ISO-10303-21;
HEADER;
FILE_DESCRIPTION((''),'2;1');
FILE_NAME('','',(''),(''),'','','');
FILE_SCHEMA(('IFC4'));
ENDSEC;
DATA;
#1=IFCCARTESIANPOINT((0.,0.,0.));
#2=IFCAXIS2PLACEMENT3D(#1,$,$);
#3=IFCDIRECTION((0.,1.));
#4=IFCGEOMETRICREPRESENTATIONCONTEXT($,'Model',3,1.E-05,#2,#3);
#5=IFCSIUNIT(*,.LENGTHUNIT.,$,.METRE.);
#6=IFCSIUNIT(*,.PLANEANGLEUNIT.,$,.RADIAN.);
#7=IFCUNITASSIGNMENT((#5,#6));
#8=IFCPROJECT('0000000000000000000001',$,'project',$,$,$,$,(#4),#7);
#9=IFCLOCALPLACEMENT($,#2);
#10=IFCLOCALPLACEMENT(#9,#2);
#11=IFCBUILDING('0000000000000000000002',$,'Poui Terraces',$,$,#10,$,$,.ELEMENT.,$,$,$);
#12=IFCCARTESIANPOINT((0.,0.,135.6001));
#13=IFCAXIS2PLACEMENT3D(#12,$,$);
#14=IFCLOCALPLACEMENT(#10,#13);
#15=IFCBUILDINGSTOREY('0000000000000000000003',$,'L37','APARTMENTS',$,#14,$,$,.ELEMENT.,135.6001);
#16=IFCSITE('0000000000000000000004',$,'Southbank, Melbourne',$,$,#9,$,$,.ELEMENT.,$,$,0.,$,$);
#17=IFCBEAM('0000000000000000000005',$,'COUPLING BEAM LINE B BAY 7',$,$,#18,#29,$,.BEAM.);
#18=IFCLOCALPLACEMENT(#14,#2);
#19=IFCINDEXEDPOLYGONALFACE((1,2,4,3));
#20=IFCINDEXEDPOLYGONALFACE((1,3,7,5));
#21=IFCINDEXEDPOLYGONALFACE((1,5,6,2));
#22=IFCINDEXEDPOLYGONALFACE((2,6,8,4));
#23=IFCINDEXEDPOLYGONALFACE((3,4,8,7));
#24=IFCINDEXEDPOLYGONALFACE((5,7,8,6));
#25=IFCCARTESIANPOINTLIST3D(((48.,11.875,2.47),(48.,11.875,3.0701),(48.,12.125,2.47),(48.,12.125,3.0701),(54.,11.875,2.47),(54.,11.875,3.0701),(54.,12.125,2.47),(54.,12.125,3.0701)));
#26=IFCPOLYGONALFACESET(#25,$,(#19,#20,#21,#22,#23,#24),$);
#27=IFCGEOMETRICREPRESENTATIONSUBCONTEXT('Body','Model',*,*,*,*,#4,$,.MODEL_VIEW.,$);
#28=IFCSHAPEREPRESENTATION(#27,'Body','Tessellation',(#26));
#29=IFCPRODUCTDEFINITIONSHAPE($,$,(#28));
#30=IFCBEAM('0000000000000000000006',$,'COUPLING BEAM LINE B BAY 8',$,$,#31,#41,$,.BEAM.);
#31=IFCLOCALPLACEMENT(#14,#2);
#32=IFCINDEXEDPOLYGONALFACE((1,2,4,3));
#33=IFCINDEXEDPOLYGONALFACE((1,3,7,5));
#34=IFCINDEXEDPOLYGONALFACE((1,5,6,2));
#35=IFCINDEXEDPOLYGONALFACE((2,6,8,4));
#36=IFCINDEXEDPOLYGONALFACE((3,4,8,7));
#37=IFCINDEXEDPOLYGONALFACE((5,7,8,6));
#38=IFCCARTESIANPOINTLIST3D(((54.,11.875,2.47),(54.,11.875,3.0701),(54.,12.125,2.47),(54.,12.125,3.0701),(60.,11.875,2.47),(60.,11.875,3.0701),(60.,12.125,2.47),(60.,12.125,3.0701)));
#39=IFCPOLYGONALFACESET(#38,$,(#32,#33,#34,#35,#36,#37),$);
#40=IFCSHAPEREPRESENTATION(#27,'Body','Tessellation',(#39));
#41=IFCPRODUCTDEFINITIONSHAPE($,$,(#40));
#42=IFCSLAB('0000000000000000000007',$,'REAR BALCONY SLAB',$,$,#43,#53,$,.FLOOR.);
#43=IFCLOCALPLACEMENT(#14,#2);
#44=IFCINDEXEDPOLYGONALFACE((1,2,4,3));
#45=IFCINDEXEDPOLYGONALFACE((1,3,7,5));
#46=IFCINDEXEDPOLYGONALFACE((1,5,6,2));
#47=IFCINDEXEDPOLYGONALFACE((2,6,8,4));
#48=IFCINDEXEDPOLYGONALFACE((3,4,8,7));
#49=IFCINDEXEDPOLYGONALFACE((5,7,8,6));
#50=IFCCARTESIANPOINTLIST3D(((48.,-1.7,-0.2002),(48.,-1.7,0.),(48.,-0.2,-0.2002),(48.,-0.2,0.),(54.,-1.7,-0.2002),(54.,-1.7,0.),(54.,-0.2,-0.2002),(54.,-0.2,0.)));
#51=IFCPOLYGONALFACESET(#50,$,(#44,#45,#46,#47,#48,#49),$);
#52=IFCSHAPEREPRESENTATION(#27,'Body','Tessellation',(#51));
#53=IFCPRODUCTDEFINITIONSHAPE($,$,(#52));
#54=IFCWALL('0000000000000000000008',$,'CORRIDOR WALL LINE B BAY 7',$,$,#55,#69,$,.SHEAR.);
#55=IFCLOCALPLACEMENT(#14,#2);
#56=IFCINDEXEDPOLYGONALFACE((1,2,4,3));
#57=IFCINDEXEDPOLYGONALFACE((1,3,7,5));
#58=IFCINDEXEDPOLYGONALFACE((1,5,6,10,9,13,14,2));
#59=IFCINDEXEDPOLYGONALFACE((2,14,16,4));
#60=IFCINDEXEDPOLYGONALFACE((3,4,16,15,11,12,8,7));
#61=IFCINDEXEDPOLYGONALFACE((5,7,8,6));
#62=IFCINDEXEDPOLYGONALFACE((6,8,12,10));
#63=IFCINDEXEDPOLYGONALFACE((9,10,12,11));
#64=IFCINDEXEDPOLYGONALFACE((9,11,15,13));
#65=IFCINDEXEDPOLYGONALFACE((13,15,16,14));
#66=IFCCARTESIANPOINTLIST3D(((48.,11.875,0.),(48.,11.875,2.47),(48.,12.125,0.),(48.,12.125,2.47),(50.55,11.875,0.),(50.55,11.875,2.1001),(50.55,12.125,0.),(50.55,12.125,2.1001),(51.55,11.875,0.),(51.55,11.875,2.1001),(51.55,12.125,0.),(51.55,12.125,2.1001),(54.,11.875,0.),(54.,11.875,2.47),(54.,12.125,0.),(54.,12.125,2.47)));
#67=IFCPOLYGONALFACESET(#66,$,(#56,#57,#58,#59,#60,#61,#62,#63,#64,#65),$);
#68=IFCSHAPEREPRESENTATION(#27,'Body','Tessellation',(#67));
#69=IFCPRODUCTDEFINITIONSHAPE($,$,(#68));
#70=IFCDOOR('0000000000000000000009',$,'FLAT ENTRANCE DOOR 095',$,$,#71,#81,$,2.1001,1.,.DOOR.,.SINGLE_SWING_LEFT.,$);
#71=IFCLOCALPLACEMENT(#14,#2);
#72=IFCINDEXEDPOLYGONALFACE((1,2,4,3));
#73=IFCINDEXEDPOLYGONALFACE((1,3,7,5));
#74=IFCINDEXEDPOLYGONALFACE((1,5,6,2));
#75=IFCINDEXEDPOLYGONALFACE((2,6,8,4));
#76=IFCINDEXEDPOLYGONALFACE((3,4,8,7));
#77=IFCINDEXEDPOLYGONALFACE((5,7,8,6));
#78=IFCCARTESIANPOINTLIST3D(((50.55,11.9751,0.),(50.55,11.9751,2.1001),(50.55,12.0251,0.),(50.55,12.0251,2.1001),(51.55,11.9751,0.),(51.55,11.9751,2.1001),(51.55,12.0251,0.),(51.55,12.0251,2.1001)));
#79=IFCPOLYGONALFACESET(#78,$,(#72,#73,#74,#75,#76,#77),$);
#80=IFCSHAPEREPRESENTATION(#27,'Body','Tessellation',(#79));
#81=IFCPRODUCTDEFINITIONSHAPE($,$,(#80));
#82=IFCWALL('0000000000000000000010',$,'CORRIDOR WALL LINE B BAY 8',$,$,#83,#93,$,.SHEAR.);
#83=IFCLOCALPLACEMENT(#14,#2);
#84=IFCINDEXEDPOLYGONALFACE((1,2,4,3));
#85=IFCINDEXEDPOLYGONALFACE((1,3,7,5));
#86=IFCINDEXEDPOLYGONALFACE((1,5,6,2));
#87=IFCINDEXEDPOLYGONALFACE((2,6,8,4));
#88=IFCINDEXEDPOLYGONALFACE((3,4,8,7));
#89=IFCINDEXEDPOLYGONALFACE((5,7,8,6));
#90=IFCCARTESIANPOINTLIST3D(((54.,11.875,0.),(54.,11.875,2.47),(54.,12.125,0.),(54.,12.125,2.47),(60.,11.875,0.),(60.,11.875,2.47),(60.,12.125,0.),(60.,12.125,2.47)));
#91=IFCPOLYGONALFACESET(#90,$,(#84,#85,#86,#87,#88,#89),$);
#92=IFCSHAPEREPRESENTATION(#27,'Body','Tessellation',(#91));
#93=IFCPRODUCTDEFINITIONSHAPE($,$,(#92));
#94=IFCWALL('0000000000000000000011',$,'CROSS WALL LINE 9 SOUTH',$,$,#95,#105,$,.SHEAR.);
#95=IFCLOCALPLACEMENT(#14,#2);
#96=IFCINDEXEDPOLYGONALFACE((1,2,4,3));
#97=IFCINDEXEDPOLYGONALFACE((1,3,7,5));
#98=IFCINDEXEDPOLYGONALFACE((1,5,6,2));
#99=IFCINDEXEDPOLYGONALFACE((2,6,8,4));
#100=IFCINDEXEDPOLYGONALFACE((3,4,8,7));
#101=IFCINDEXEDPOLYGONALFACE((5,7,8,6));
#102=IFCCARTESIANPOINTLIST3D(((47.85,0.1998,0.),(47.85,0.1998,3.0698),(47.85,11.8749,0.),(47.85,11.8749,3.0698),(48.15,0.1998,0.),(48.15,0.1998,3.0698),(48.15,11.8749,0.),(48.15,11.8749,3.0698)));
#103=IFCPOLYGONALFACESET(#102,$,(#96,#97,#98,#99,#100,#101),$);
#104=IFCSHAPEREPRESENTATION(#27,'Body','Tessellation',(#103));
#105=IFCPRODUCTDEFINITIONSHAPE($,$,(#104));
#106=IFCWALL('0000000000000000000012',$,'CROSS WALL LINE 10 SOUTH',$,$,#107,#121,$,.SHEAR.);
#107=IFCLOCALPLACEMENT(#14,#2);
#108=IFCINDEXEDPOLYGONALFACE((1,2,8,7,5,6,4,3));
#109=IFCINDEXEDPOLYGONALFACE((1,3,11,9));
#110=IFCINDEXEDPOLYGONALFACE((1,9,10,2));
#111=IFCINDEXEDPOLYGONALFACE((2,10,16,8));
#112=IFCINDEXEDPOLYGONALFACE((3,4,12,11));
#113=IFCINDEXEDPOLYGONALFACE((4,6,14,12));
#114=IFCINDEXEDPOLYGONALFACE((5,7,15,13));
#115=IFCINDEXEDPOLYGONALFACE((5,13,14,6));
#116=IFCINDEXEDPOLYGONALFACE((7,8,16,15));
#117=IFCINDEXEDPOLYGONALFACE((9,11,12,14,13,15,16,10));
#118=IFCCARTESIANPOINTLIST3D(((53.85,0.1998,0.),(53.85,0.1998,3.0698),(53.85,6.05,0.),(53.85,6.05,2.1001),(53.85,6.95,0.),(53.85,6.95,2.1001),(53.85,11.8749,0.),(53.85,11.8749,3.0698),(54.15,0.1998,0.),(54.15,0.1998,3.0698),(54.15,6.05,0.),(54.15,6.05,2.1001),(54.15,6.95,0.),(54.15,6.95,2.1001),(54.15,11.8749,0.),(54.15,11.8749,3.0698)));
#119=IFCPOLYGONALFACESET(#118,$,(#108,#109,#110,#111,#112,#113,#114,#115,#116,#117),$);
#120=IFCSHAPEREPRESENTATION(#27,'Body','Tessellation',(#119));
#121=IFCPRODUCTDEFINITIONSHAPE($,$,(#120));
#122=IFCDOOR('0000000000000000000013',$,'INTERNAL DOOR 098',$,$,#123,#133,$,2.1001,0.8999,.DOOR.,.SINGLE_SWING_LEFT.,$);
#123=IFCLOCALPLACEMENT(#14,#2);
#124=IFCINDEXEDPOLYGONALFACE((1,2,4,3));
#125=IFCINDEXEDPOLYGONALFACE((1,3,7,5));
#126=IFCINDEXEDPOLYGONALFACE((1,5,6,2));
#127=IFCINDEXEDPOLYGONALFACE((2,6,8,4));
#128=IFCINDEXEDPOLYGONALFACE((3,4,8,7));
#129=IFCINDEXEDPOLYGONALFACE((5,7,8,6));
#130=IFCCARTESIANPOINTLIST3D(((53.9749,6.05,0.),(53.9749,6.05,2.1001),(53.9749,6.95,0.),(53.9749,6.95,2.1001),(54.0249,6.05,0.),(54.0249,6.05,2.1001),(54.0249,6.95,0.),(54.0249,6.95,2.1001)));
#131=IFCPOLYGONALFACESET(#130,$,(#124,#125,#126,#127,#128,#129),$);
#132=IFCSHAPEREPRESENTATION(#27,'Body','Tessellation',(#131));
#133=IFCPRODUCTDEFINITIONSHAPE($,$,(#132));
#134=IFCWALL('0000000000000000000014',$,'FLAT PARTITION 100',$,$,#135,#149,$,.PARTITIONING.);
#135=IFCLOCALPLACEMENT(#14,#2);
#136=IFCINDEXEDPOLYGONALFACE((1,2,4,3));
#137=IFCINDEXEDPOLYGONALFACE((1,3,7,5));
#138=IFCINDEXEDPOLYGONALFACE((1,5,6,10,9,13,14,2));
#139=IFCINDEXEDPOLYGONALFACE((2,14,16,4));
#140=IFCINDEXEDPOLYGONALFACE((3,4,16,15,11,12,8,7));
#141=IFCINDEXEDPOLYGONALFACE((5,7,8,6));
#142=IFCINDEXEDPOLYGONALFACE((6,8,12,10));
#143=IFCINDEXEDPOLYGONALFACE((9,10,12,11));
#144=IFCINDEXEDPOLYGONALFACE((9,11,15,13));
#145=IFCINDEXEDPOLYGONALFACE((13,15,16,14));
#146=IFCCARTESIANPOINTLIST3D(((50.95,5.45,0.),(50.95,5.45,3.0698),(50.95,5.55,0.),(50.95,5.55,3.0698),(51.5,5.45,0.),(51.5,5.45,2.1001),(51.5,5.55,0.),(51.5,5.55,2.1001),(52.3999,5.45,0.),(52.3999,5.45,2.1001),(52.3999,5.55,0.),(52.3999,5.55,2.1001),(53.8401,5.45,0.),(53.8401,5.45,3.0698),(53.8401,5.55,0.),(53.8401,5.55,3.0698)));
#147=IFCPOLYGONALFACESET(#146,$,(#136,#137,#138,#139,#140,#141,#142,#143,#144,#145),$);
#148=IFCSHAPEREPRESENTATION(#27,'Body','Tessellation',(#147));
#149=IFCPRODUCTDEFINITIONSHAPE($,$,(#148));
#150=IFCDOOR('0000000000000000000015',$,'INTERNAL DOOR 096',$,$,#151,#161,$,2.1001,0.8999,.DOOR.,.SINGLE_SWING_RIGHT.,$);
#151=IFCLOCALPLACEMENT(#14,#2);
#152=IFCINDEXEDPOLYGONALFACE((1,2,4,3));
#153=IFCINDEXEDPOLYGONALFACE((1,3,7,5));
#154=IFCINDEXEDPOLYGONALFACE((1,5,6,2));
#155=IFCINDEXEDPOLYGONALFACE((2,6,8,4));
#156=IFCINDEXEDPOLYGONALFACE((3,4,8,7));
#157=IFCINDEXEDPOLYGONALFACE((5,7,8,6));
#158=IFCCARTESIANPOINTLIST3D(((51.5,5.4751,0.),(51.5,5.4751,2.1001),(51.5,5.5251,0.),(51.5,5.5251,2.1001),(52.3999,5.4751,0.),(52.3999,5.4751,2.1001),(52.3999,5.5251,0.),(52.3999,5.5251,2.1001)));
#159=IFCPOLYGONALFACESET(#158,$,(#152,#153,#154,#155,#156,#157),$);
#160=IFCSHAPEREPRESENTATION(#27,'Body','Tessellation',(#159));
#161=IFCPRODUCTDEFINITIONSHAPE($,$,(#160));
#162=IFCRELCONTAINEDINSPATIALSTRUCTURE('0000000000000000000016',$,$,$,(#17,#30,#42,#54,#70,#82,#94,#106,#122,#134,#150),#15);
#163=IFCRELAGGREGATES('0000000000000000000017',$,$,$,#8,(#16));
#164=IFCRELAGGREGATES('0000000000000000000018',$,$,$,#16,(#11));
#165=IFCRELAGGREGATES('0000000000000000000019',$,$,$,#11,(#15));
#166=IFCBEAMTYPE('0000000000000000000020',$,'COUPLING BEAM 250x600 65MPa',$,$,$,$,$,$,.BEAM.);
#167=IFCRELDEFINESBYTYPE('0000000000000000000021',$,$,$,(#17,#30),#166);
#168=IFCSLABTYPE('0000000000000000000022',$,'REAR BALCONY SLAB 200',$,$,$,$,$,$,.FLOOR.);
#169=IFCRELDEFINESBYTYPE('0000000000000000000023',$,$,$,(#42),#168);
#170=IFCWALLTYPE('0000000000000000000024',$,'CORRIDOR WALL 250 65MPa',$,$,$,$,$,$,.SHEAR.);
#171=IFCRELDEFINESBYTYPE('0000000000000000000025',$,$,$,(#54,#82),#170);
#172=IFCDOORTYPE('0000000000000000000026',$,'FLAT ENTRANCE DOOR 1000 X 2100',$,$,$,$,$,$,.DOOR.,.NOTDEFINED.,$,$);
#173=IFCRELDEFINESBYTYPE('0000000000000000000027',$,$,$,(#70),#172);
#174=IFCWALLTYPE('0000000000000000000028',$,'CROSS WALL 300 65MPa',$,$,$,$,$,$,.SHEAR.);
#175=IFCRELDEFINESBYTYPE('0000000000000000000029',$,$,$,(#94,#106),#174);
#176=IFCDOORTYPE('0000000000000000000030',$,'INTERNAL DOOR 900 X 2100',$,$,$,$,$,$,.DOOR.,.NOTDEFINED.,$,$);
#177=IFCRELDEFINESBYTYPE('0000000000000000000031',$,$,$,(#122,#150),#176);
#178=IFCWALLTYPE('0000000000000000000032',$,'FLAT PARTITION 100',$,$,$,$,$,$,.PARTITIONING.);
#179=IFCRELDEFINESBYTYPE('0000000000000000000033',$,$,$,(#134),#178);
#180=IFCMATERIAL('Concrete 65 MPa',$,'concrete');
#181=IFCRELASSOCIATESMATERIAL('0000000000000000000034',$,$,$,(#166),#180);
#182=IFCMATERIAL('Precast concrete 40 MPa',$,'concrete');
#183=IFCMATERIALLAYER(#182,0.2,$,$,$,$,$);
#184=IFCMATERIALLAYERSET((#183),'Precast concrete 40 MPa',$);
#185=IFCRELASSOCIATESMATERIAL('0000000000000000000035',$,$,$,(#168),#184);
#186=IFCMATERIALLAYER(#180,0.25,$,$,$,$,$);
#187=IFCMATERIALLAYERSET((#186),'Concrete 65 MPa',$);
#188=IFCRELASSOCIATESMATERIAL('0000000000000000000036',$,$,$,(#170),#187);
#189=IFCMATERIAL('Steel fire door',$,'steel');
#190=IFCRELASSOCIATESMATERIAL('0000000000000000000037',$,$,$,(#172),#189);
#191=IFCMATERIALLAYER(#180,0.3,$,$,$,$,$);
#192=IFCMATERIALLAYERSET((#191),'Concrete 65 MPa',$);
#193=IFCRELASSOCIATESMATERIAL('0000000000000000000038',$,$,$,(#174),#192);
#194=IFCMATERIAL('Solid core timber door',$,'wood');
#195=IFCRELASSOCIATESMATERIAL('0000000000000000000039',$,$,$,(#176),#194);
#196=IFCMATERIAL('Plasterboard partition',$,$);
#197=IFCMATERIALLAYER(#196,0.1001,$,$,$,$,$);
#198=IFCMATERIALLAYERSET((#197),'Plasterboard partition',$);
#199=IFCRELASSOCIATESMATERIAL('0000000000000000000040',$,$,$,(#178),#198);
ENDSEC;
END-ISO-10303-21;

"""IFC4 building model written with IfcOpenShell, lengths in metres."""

from ifc_helpers import new_model, si_unit, direction, frame, frame_2d, origin, origin_2d, place, context, subcontext, project, spatial, polyline, rectangle, outline, extrude, source, transform, mapped, material, layer, layer_set, material_profile, profile_set, type_object, element, fill, save


model = new_model("IFC4")

# Units and contexts
model_context = context("Model", 3, precision=1e-05, world=origin(), true_north=direction((0.0, 1.0)))
body_context = subcontext(model_context, "Body", "Model", "MODEL_VIEW")
ifc_project = project(units=[si_unit("LENGTHUNIT", "METRE"), si_unit("PLANEANGLEUNIT", "RADIAN")], contexts=[model_context])

# Site, building, storey
site_placement = place(None, origin())
site = spatial("IfcSite", under=ifc_project, at=site_placement, Name="Southbank, Melbourne", CompositionType="ELEMENT", RefElevation=0.0)
building_placement = place(site_placement, origin())
building = spatial("IfcBuilding", under=site, at=building_placement, Name="Poui Terraces", CompositionType="ELEMENT")
storey_placement = place(building_placement, frame((0.0, 0.0, 135.6001)))
storey = spatial("IfcBuildingStorey", under=building, at=storey_placement, Name="L37", Description="APARTMENTS", CompositionType="ELEMENT", Elevation=135.6001)

# Beams
ifc_material_1 = material(Name="Concrete 65 MPa", Category="concrete")
ifc_material_profile_1 = material_profile(ifc_material_1, rectangle(XDim=0.25, YDim=0.6001, at=origin_2d()), Name="RC 250x600")
ifc_profile_set_1 = profile_set([ifc_material_profile_1], Name="Concrete 65 MPa")
beam_type = type_object("IfcBeamType", Name="COUPLING BEAM 250x600 65MPa", PredefinedType="BEAM", material=ifc_profile_set_1)
shared_shape_1 = source(origin(), body_context, "Body", "SweptSolid", [
    extrude(rectangle(XDim=0.25, YDim=0.6001, at=origin_2d()), origin(), (0.0, 0.0, 1.0), 6.0),
])
for number, where, z_axis, x_axis, name in (
    (1, (48.0, 12.0, 2.77), (1.0, 0.0, 0.0), (0.0, 1.0, 0.0), "COUPLING BEAM LINE B BAY 7"),
    (2, (54.0, 12.0, 2.77), (1.0, 0.0, 0.0), (0.0, 1.0, 0.0), "COUPLING BEAM LINE B BAY 8"),
):
    element("IfcBeam", number, at=place(storey_placement, frame(where, z_axis=z_axis, x_axis=x_axis)), inside=storey, type_object=beam_type, Name=name, PredefinedType="BEAM", context=body_context, shape_type="MappedRepresentation", body=[
        mapped(shared_shape_1, transform((0.0, 0.0, 0.0))),
    ])

# Slab
ifc_material_2 = material(Name="Precast concrete 40 MPa", Category="concrete")
ifc_layer_1 = layer(ifc_material_2, 0.2)
ifc_layer_set_1 = layer_set([ifc_layer_1], Name="Precast concrete 40 MPa")
slab_type = type_object("IfcSlabType", Name="REAR BALCONY SLAB 200", PredefinedType="FLOOR", material=ifc_layer_set_1)
shared_shape_2 = source(origin(), body_context, "Body", "SweptSolid", [
    extrude(outline(polyline([(0.0, 0.0), (6.0, 0.0), (6.0, 1.5), (0.0, 1.5), (0.0, 0.0)])), origin(), (0.0, 0.0, 1.0), 0.2002),
])
slab_placement = place(storey_placement, frame((48.0, -1.7, -0.2002)))
element("IfcSlab", 3, at=slab_placement, inside=storey, type_object=slab_type, Name="REAR BALCONY SLAB", PredefinedType="FLOOR", context=body_context, shape_type="MappedRepresentation", body=[
    mapped(shared_shape_2, transform((0.0, 0.0, 0.0))),
])

# Wall, opening, door
ifc_layer_2 = layer(ifc_material_1, 0.25)
ifc_layer_set_2 = layer_set([ifc_layer_2], Name="Concrete 65 MPa")
wall_type_1 = type_object("IfcWallType", Name="CORRIDOR WALL 250 65MPa", PredefinedType="SHEAR", material=ifc_layer_set_2)
wall_1_placement = place(storey_placement, frame((48.0, 12.0, 0.0), z_axis=(0.0, 0.0, 1.0), x_axis=(1.0, 0.0, 0.0)))
wall_1 = element("IfcWall", 4, at=wall_1_placement, inside=storey, type_object=wall_type_1, Name="CORRIDOR WALL LINE B BAY 7", PredefinedType="SHEAR", context=body_context, shape_type="SweptSolid", body=[
    extrude(rectangle(XDim=6.0, YDim=0.25, at=frame_2d((3.0, 0.0))), origin(), (0.0, 0.0, 1.0), 2.47),
])
opening_1_placement = place(wall_1_placement, frame((2.55, 0.0, 0.0)))
opening_1 = element("IfcOpeningElement", 5, at=opening_1_placement, cuts=wall_1, PredefinedType="OPENING", context=body_context, shape_type="SweptSolid", body=[
    extrude(rectangle(XDim=1.0, YDim=2.1001, at=frame_2d((0.5, 1.05))), frame((0.0, 0.135, 0.0), z_axis=(0.0, -1.0, 0.0), x_axis=(1.0, 0.0, 0.0)), (0.0, 0.0, 1.0), 0.27),
])
ifc_material_3 = material(Name="Steel fire door", Category="steel")
door_type_1 = type_object("IfcDoorType", Name="FLAT ENTRANCE DOOR 1000 X 2100", OperationType="NOTDEFINED", PredefinedType="DOOR", material=ifc_material_3)
door_1_placement = place(opening_1_placement, frame((1.0, 0.0, 0.0), z_axis=(0.0, 0.0, 1.0), x_axis=(-1.0, 0.0, 0.0)))
door_1 = element("IfcDoor", 6, at=door_1_placement, inside=storey, type_object=door_type_1, Name="FLAT ENTRANCE DOOR 095", OperationType="SINGLE_SWING_LEFT", OverallHeight=2.1001, OverallWidth=1.0, PredefinedType="DOOR", context=body_context, shape_type="SweptSolid", body=[
    extrude(rectangle(XDim=1.0, YDim=2.1001, at=frame_2d((0.5, 1.05))), frame((0.0, 0.0249, 0.0), z_axis=(0.0, -1.0, 0.0), x_axis=(1.0, 0.0, 0.0)), (0.0, 0.0, 1.0), 0.05),
])
fill(opening_1, door_1)

# Walls
wall_2_placement = place(storey_placement, frame((54.0, 12.0, 0.0), z_axis=(0.0, 0.0, 1.0), x_axis=(1.0, 0.0, 0.0)))
element("IfcWall", 7, at=wall_2_placement, inside=storey, type_object=wall_type_1, Name="CORRIDOR WALL LINE B BAY 8", PredefinedType="SHEAR", context=body_context, shape_type="SweptSolid", body=[
    extrude(rectangle(XDim=6.0, YDim=0.25, at=frame_2d((3.0, 0.0))), origin(), (0.0, 0.0, 1.0), 2.47),
])
ifc_layer_3 = layer(ifc_material_1, 0.3)
ifc_layer_set_3 = layer_set([ifc_layer_3], Name="Concrete 65 MPa")
wall_type_2 = type_object("IfcWallType", Name="CROSS WALL 300 65MPa", PredefinedType="SHEAR", material=ifc_layer_set_3)
wall_3_placement = place(storey_placement, frame((48.0, 0.2, 0.0), z_axis=(0.0, 0.0, 1.0), x_axis=(0.0, 1.0, 0.0)))
element("IfcWall", 8, at=wall_3_placement, inside=storey, type_object=wall_type_2, Name="CROSS WALL LINE 9 SOUTH", PredefinedType="SHEAR", context=body_context, shape_type="SweptSolid", body=[
    extrude(rectangle(XDim=11.675, YDim=0.3, at=frame_2d((5.8374, 0.0))), origin(), (0.0, 0.0, 1.0), 3.0698),
])

# Walls, openings, doors
wall_4_placement = place(storey_placement, frame((54.0, 0.2, 0.0), z_axis=(0.0, 0.0, 1.0), x_axis=(0.0, 1.0, 0.0)))
wall_4 = element("IfcWall", 9, at=wall_4_placement, inside=storey, type_object=wall_type_2, Name="CROSS WALL LINE 10 SOUTH", PredefinedType="SHEAR", context=body_context, shape_type="SweptSolid", body=[
    extrude(rectangle(XDim=11.675, YDim=0.3, at=frame_2d((5.8374, 0.0))), origin(), (0.0, 0.0, 1.0), 3.0698),
])
opening_2_placement = place(wall_4_placement, frame((5.8501, 0.0, 0.0)))
opening_2 = element("IfcOpeningElement", 10, at=opening_2_placement, cuts=wall_4, PredefinedType="OPENING", context=body_context, shape_type="SweptSolid", body=[
    extrude(rectangle(XDim=0.8999, YDim=2.1001, at=frame_2d((0.45, 1.05))), frame((0.0, 0.1602, 0.0), z_axis=(0.0, -1.0, 0.0), x_axis=(1.0, 0.0, 0.0)), (0.0, 0.0, 1.0), 0.3201),
])
ifc_material_4 = material(Name="Solid core timber door", Category="wood")
door_type_2 = type_object("IfcDoorType", Name="INTERNAL DOOR 900 X 2100", OperationType="NOTDEFINED", PredefinedType="DOOR", material=ifc_material_4)
door_2_placement = place(opening_2_placement, frame((0.8999, 0.0, 0.0), z_axis=(0.0, 0.0, 1.0), x_axis=(-1.0, 0.0, 0.0)))
door_2 = element("IfcDoor", 11, at=door_2_placement, inside=storey, type_object=door_type_2, Name="INTERNAL DOOR 098", OperationType="SINGLE_SWING_LEFT", OverallHeight=2.1001, OverallWidth=0.8999, PredefinedType="DOOR", context=body_context, shape_type="SweptSolid", body=[
    extrude(rectangle(XDim=0.8999, YDim=2.1001, at=frame_2d((0.45, 1.05))), frame((0.0, 0.0249, 0.0), z_axis=(0.0, -1.0, 0.0), x_axis=(1.0, 0.0, 0.0)), (0.0, 0.0, 1.0), 0.05),
])
fill(opening_2, door_2)
ifc_material_5 = material(Name="Plasterboard partition")
ifc_layer_4 = layer(ifc_material_5, 0.1001)
ifc_layer_set_4 = layer_set([ifc_layer_4], Name="Plasterboard partition")
wall_type_3 = type_object("IfcWallType", Name="FLAT PARTITION 100", PredefinedType="PARTITIONING", material=ifc_layer_set_4)
wall_5_placement = place(storey_placement, frame((50.95, 5.5, 0.0), z_axis=(0.0, 0.0, 1.0), x_axis=(1.0, 0.0, 0.0)))
wall_5 = element("IfcWall", 12, at=wall_5_placement, inside=storey, type_object=wall_type_3, Name="FLAT PARTITION 100", PredefinedType="PARTITIONING", context=body_context, shape_type="SweptSolid", body=[
    extrude(rectangle(XDim=2.8901, YDim=0.1001, at=frame_2d((1.4451, 0.0))), origin(), (0.0, 0.0, 1.0), 3.0698),
])
opening_3_placement = place(wall_5_placement, frame((0.55, 0.0, 0.0)))
opening_3 = element("IfcOpeningElement", 13, at=opening_3_placement, cuts=wall_5, PredefinedType="OPENING", context=body_context, shape_type="SweptSolid", body=[
    extrude(rectangle(XDim=0.8999, YDim=2.1001, at=frame_2d((0.45, 1.05))), frame((0.0, 0.0601, 0.0), z_axis=(0.0, -1.0, 0.0), x_axis=(1.0, 0.0, 0.0)), (0.0, 0.0, 1.0), 0.1201),
])
door_3_placement = place(opening_3_placement, frame((0.8999, 0.0, 0.0), z_axis=(0.0, 0.0, 1.0), x_axis=(-1.0, 0.0, 0.0)))
door_3 = element("IfcDoor", 14, at=door_3_placement, inside=storey, type_object=door_type_2, Name="INTERNAL DOOR 096", OperationType="SINGLE_SWING_RIGHT", OverallHeight=2.1001, OverallWidth=0.8999, PredefinedType="DOOR", context=body_context, shape_type="SweptSolid", body=[
    extrude(rectangle(XDim=0.8999, YDim=2.1001, at=frame_2d((0.45, 1.05))), frame((0.0, 0.0249, 0.0), z_axis=(0.0, -1.0, 0.0), x_axis=(1.0, 0.0, 0.0)), (0.0, 0.0, 1.0), 0.05),
])
fill(opening_3, door_3)

save(model, "model.ifc")
